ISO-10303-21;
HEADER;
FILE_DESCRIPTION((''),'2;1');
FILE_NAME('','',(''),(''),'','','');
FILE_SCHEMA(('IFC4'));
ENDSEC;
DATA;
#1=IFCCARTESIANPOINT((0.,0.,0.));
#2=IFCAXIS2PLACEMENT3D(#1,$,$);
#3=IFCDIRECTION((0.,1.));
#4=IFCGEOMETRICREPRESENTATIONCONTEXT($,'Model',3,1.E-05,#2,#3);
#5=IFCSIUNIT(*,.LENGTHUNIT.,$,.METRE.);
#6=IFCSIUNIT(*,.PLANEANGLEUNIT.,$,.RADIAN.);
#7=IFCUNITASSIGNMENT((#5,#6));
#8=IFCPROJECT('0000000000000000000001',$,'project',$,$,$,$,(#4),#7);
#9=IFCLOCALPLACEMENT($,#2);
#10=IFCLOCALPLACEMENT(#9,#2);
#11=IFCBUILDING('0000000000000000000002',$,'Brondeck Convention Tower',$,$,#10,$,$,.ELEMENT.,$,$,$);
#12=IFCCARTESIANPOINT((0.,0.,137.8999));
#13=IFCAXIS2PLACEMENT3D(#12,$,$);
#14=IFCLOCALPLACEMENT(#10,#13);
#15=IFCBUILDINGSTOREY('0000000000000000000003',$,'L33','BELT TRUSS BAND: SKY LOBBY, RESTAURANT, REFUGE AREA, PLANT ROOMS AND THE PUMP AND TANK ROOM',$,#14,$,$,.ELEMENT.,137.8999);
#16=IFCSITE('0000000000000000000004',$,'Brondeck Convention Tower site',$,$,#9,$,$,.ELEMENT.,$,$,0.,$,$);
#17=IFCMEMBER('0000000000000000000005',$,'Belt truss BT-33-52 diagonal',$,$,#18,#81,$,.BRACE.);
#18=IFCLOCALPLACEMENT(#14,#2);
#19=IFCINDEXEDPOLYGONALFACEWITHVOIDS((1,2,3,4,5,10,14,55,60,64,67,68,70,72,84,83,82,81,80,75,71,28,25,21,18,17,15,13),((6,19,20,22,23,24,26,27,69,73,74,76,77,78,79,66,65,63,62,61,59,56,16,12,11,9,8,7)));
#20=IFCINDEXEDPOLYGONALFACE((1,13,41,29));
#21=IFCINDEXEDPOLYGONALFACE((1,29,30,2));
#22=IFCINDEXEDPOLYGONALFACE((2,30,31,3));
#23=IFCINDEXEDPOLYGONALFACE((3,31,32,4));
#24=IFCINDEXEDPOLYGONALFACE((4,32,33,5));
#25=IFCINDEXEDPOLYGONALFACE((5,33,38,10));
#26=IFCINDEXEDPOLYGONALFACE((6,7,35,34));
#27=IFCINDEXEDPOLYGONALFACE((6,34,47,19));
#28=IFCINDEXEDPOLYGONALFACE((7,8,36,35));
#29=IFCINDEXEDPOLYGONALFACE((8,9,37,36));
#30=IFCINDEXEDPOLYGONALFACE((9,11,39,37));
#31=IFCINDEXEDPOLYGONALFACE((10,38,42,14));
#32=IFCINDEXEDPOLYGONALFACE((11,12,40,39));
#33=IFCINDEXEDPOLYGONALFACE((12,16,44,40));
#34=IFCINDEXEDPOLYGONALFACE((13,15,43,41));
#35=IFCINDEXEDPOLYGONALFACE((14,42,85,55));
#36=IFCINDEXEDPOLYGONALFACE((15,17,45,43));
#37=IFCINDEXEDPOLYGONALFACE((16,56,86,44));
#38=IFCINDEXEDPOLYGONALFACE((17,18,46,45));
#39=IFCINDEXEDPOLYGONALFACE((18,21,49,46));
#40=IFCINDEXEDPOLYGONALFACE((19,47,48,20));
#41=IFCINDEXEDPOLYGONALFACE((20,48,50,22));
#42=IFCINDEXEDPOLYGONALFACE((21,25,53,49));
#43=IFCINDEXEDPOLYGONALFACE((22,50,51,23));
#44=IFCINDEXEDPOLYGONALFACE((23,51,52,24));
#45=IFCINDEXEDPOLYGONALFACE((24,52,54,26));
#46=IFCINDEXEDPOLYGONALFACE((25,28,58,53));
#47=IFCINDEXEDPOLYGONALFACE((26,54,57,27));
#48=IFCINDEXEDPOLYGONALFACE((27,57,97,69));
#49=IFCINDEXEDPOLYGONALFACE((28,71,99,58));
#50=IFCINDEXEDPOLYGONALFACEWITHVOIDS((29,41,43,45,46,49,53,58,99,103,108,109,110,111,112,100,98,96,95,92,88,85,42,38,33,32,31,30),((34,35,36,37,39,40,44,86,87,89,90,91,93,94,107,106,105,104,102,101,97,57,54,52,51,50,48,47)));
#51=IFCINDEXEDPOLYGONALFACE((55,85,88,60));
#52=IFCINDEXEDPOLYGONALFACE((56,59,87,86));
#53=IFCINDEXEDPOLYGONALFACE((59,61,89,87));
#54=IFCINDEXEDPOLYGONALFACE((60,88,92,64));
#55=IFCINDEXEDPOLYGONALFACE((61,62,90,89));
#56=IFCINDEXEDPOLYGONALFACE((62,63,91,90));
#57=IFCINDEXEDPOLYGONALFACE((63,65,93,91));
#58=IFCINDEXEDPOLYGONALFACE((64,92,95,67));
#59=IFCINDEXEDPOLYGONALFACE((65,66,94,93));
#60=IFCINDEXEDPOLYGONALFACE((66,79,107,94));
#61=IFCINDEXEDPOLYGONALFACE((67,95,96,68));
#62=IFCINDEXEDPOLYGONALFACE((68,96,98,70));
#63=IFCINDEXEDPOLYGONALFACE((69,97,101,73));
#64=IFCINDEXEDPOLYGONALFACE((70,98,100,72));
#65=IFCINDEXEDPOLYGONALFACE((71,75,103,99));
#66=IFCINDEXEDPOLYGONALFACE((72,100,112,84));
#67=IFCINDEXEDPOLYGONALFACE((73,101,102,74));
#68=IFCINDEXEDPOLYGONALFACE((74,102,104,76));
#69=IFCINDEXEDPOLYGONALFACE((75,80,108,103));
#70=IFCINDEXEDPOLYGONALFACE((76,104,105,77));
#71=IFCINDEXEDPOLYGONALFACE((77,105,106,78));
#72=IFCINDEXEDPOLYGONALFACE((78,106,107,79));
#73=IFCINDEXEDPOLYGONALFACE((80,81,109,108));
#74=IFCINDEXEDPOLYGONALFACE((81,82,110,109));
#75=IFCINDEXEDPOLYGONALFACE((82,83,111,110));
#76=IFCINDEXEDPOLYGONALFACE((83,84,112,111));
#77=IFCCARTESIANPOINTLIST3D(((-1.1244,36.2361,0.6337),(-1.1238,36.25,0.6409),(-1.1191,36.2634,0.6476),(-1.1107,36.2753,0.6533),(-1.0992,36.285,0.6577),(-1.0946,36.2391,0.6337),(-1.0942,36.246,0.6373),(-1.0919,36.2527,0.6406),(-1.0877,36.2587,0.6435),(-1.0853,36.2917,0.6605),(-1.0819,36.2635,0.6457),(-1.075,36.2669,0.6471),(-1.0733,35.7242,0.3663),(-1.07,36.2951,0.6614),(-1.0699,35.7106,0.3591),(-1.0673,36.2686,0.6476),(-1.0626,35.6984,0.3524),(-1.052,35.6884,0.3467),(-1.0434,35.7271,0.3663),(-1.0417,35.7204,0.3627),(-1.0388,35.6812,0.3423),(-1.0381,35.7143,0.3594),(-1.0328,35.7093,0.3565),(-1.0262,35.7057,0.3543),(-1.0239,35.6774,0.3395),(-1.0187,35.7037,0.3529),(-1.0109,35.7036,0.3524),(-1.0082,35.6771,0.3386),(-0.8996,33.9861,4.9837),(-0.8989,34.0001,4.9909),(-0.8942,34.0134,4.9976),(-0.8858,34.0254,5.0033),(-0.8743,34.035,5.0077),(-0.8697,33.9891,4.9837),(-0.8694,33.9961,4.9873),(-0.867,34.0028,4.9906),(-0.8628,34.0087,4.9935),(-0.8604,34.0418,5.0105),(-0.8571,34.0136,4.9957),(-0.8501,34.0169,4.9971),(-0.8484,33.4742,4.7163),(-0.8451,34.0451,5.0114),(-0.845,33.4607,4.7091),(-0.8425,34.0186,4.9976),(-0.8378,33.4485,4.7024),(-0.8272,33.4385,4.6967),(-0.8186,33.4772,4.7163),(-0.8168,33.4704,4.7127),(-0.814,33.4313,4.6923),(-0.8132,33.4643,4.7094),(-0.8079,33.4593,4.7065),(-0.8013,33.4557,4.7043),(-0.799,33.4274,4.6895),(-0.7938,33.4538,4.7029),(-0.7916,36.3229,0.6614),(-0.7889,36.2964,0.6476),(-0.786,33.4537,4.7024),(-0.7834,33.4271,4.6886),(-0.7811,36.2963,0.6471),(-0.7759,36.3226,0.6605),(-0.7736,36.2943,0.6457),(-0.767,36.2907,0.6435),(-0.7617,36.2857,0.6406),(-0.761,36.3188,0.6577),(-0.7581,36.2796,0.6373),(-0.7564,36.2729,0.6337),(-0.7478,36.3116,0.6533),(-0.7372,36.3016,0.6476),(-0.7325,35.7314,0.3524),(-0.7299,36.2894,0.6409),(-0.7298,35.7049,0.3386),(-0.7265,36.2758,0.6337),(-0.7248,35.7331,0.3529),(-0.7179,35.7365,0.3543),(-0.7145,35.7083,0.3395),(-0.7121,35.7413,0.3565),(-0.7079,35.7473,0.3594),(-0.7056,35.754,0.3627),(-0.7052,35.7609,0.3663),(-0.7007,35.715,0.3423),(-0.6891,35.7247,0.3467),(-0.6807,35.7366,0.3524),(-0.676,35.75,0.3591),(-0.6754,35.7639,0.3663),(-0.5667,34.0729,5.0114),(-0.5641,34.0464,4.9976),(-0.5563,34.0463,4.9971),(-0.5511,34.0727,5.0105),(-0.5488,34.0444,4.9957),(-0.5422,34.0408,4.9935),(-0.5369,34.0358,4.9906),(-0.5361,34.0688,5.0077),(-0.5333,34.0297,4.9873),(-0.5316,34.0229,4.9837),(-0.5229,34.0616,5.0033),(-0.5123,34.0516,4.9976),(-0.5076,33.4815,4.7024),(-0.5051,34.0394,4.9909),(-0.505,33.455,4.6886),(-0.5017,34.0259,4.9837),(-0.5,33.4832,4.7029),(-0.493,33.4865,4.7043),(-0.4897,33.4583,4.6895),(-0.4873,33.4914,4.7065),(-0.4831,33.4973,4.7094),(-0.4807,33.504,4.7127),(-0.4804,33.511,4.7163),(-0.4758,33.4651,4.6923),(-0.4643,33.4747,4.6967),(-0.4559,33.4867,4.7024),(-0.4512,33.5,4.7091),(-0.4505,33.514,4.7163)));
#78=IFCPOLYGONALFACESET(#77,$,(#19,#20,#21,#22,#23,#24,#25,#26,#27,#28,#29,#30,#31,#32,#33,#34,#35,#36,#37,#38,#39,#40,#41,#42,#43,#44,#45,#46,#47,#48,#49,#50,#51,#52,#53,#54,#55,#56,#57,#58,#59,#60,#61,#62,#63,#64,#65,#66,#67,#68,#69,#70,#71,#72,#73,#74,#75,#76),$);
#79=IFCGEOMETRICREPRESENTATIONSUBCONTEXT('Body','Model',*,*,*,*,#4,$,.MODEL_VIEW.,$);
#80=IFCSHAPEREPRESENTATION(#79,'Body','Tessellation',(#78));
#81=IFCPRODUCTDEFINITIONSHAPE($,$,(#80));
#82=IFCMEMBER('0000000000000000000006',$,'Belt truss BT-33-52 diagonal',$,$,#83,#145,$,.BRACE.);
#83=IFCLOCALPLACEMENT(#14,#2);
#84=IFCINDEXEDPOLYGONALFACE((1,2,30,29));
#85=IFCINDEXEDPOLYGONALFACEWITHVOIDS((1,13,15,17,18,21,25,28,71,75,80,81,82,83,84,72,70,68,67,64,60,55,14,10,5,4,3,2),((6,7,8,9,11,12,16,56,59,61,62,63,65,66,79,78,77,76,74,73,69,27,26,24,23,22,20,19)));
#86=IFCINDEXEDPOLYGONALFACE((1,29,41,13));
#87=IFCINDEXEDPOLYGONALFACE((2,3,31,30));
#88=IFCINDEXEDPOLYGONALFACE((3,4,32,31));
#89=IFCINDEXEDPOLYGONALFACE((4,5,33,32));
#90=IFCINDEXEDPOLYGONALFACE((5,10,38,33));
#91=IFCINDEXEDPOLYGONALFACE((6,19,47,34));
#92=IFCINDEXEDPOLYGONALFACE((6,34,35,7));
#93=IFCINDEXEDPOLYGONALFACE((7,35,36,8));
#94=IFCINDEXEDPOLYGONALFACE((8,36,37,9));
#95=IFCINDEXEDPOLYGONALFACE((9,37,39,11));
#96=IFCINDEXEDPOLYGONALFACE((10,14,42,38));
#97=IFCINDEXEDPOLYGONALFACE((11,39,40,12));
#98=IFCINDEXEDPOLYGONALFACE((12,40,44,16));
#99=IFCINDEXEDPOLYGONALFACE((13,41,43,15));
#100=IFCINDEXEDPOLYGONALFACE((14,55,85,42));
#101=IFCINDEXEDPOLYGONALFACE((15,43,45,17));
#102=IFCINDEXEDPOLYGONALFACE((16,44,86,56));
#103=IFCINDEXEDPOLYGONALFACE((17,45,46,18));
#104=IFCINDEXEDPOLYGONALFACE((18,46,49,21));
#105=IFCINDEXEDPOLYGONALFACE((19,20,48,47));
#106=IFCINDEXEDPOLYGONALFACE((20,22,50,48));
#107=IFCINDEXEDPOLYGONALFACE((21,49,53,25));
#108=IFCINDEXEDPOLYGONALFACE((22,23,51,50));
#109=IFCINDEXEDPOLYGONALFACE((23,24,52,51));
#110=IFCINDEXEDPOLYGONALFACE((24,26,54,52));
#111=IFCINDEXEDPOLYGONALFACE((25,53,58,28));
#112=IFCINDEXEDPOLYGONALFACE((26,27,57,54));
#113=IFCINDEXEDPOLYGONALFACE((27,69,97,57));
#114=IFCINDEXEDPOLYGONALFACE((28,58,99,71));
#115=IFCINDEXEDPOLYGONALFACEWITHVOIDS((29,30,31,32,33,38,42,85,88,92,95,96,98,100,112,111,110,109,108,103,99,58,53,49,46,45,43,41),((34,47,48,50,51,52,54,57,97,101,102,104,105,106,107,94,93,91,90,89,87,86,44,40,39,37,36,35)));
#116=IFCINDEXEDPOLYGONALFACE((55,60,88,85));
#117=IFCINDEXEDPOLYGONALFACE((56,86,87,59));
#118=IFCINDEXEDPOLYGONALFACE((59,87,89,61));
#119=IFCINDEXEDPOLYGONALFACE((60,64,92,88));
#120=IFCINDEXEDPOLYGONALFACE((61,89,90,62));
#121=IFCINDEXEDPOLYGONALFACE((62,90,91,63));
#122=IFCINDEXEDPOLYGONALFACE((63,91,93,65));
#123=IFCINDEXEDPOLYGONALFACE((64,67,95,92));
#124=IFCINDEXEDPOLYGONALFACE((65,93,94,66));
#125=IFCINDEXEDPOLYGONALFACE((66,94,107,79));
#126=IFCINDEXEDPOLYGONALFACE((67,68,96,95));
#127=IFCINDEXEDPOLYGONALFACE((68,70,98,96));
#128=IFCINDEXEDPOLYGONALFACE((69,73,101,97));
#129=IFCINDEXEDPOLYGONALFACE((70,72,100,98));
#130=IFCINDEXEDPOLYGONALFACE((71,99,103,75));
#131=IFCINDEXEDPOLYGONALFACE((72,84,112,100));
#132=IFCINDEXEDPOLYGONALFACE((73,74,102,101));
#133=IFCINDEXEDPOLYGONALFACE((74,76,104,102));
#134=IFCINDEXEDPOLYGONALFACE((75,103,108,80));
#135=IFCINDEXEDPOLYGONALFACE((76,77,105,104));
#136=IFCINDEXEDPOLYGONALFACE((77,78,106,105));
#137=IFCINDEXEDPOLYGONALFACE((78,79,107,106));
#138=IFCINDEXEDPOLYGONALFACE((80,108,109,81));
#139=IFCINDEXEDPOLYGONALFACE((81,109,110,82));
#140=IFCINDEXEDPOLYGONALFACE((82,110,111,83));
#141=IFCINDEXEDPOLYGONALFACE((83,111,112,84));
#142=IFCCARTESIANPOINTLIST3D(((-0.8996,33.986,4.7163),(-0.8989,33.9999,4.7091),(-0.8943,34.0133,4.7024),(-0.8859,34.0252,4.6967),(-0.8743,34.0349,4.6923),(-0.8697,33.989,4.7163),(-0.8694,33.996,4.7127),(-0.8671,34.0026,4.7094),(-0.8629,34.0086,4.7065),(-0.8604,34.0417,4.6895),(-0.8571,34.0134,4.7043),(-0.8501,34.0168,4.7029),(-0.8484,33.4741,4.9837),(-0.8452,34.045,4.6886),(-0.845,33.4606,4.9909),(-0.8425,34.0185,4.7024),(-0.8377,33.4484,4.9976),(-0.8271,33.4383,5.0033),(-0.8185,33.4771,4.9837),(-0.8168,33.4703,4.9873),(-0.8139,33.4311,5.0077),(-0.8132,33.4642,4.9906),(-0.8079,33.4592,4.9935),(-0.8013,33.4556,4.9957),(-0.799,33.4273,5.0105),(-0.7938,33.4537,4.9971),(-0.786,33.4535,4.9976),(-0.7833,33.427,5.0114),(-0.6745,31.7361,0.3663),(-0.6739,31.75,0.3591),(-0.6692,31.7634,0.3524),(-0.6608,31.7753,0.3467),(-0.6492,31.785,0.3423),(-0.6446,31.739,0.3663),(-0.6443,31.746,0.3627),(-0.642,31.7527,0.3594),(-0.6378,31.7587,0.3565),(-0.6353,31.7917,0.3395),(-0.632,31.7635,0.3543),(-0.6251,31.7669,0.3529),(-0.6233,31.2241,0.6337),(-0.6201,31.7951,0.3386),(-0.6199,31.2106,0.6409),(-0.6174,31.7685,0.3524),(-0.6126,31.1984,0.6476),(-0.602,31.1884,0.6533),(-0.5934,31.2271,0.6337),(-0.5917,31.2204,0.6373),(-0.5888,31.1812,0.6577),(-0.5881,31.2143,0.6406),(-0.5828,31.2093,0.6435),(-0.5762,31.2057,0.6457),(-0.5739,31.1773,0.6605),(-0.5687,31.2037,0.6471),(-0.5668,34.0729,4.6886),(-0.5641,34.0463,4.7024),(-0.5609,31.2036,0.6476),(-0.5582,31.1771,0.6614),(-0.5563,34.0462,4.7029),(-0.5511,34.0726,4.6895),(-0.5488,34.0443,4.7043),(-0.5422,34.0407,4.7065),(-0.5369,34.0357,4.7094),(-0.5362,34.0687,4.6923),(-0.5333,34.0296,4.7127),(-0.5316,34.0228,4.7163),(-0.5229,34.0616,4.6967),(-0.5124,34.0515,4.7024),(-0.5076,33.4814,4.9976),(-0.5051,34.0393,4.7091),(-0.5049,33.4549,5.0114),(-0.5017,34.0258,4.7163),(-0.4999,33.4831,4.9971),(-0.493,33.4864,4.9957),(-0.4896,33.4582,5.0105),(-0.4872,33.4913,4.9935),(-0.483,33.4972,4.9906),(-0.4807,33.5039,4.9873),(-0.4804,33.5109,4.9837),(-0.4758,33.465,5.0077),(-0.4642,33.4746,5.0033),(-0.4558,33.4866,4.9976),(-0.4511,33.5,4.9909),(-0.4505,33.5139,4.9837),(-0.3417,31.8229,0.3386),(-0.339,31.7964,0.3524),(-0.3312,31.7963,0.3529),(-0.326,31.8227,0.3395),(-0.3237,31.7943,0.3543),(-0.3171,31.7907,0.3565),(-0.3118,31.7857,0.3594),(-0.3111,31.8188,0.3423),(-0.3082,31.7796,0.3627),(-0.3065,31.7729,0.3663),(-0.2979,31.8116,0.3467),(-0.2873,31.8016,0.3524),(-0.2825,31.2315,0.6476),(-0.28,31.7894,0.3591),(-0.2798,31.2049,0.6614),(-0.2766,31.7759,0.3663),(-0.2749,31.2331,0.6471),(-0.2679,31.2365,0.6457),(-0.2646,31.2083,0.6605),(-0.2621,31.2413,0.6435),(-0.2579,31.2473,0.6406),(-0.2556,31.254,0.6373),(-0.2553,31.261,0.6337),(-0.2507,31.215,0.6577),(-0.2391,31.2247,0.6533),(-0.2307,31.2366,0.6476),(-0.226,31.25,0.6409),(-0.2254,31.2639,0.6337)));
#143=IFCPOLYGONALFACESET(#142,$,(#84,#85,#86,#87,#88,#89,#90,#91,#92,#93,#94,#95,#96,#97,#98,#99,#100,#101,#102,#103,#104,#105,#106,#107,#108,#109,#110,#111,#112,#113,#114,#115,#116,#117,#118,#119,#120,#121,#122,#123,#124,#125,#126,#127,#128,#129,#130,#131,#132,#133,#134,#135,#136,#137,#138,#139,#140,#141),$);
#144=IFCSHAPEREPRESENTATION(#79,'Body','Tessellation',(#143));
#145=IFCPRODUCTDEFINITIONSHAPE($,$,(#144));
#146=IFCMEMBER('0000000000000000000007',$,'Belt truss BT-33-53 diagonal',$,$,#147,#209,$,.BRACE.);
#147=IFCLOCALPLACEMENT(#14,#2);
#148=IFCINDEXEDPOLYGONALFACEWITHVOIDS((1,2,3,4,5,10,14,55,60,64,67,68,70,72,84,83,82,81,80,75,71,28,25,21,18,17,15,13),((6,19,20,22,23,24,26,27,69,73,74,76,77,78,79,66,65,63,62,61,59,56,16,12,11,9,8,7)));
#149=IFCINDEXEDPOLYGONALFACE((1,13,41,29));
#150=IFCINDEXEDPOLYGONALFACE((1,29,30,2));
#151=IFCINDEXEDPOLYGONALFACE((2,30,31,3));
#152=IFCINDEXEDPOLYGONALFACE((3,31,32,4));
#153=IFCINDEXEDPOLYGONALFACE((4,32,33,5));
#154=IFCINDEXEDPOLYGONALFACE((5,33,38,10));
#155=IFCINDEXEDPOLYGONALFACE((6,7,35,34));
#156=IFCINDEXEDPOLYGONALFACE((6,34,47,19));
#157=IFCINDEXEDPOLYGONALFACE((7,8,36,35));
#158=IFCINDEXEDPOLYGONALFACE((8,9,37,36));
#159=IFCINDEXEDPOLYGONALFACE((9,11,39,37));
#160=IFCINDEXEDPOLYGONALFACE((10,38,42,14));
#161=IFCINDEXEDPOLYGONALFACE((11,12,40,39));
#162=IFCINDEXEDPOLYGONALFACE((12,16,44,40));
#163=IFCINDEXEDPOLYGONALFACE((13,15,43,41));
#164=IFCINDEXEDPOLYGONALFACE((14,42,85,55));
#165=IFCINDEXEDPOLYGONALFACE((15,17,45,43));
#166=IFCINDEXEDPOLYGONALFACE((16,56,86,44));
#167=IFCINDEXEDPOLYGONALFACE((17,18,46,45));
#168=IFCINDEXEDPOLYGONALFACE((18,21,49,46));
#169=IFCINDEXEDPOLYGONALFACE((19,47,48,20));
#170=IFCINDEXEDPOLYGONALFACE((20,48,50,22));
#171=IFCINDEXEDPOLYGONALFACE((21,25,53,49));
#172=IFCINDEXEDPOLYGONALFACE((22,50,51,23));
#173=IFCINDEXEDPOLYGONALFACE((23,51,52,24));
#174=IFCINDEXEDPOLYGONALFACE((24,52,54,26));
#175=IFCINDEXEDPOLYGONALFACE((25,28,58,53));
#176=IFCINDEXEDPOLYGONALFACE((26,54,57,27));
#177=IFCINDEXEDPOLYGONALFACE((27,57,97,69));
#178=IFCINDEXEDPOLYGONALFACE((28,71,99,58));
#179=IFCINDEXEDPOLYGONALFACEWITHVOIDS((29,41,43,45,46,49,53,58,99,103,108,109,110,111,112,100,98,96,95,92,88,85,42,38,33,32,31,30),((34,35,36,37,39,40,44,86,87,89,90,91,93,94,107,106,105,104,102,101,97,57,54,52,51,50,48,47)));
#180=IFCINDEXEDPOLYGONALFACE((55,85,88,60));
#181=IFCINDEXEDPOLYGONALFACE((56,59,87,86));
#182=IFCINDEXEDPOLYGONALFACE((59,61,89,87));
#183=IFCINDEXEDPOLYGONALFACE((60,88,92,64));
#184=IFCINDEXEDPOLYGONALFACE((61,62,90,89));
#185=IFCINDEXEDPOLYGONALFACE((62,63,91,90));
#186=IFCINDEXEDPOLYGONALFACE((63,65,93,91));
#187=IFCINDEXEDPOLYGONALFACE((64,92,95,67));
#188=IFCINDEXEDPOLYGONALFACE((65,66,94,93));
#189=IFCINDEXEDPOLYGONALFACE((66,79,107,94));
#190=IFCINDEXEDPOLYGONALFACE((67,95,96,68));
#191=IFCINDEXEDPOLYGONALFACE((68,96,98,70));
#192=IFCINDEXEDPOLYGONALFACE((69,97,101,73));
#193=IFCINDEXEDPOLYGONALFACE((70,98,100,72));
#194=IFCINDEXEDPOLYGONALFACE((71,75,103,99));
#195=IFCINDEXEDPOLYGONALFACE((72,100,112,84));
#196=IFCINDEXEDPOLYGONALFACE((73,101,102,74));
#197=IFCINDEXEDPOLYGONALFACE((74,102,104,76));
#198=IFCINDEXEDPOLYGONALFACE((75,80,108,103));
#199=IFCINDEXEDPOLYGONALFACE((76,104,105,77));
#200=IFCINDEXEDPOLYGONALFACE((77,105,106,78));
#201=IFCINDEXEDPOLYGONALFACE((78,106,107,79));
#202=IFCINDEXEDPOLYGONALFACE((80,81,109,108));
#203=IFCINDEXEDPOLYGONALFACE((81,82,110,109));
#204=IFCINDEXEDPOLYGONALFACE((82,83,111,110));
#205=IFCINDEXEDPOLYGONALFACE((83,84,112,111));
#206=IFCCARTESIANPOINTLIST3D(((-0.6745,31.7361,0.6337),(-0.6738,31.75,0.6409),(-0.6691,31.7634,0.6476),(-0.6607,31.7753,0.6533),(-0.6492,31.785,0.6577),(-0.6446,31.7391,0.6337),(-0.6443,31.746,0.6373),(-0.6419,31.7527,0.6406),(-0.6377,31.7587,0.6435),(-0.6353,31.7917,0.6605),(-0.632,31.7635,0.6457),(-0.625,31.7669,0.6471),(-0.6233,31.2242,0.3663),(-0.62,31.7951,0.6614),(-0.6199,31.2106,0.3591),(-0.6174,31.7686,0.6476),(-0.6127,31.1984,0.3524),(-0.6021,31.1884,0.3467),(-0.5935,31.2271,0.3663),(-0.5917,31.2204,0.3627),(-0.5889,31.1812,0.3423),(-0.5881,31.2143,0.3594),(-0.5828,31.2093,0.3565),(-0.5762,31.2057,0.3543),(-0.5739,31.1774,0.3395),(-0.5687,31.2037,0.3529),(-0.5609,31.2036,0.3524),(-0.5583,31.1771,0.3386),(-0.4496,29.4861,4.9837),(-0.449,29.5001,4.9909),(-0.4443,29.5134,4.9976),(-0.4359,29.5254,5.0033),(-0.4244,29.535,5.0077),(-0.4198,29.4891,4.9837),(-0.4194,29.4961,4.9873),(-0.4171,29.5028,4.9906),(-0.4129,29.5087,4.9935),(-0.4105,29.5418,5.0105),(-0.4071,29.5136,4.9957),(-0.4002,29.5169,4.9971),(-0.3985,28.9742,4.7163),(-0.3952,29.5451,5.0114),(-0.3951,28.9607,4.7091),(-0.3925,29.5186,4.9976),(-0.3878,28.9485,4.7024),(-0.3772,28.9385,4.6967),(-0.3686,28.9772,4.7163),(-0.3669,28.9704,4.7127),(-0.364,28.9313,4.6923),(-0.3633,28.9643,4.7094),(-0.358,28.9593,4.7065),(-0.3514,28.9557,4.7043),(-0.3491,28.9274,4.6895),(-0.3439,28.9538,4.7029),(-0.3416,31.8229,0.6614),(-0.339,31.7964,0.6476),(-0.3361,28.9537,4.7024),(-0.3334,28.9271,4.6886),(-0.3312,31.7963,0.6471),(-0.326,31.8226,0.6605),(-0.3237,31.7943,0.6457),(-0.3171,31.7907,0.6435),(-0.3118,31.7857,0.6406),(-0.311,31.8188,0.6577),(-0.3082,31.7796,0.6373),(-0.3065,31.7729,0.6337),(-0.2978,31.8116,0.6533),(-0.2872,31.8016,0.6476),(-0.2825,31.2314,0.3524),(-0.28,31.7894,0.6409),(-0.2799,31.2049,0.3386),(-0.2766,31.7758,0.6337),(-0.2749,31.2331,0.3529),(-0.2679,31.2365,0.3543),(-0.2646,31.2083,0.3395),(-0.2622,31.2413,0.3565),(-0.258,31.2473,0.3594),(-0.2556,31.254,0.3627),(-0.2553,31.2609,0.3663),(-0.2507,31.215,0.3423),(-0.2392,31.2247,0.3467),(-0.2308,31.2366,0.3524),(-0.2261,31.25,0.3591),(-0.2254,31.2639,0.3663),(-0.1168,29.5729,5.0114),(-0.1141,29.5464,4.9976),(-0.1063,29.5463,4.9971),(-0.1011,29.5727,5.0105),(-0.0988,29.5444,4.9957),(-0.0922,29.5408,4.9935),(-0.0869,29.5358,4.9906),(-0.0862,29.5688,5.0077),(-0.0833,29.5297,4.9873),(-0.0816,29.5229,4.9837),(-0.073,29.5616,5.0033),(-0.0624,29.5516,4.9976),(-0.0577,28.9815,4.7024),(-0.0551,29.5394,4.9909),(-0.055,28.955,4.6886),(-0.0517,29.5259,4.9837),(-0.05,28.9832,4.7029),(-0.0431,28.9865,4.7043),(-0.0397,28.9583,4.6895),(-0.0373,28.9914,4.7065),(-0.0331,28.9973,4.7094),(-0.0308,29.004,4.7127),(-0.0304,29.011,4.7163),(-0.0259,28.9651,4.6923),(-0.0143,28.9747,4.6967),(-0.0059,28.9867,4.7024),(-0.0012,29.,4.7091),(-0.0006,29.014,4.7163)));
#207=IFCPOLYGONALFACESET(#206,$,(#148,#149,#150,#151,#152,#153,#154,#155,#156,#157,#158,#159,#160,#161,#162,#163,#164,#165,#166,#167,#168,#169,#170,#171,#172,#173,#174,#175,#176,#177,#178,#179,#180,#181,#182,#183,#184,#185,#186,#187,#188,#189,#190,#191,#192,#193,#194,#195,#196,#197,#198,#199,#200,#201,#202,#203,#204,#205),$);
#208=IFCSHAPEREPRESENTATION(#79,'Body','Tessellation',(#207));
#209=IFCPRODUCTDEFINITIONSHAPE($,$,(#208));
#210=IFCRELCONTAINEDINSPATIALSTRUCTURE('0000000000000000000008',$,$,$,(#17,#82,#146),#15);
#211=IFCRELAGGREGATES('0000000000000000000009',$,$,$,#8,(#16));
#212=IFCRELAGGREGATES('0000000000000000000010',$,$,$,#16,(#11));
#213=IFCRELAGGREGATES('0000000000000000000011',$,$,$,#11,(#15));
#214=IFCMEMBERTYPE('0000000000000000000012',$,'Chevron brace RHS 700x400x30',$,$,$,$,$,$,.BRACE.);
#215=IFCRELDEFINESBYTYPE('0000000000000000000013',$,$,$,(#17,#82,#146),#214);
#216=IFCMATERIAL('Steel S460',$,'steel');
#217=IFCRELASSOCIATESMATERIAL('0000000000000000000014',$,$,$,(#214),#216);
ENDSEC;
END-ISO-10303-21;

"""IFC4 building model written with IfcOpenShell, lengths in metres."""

from ifc_helpers import new_model, si_unit, direction, frame, origin, origin_2d, place, context, subcontext, project, spatial, hollow_rectangle, extrude, material, material_profile, profile_set, type_object, element, save


model = new_model("IFC4")

# Units and contexts
model_context = context("Model", 3, precision=1e-05, world=origin(), true_north=direction((0.0, 1.0)))
body_context = subcontext(model_context, "Body", "Model", "MODEL_VIEW")
ifc_project = project(units=[si_unit("LENGTHUNIT", "METRE"), si_unit("PLANEANGLEUNIT", "RADIAN")], contexts=[model_context])

# Site, building, storey
site_placement = place(None, origin())
site = spatial("IfcSite", under=ifc_project, at=site_placement, Name="Brondeck Convention Tower site", CompositionType="ELEMENT", RefElevation=0.0)
building_placement = place(site_placement, origin())
building = spatial("IfcBuilding", under=site, at=building_placement, Name="Brondeck Convention Tower", CompositionType="ELEMENT")
storey_placement = place(building_placement, frame((0.0, 0.0, 137.8999)))
storey = spatial("IfcBuildingStorey", under=building, at=storey_placement, Name="L33", Description="BELT TRUSS BAND: SKY LOBBY, RESTAURANT, REFUGE AREA, PLANT ROOMS AND THE PUMP AND TANK ROOM", CompositionType="ELEMENT", Elevation=137.8999)

# Members
ifc_material_1 = material(Name="Steel S460", Category="steel")
ifc_material_profile_1 = material_profile(ifc_material_1, hollow_rectangle(XDim=0.3999, YDim=0.7, WallThickness=0.03, InnerFilletRadius=0.03, OuterFilletRadius=0.0601, at=origin_2d()), Name="RHS 700x400x30")
ifc_profile_set_1 = profile_set([ifc_material_profile_1], Name="Steel S460")
member_type_1 = type_object("IfcMemberType", Name="Chevron brace RHS 700x400x30", PredefinedType="BRACE", material=ifc_profile_set_1)
for number, where, z_axis, x_axis, name in (
    (1, (-0.8999, 36.0, 0.5), (0.045863, -0.458931, 0.887287), (0.995044, 0.09944, 0.0), "Belt truss BT-33-52 diagonal"),
    (2, (-0.45, 31.5, 0.5), (-0.045913, 0.45893, 0.887285), (-0.995033, -0.099546, 0.0), "Belt truss BT-33-52 diagonal"),
    (3, (-0.45, 31.5, 0.5), (0.045863, -0.458931, 0.887287), (0.995044, 0.09944, 0.0), "Belt truss BT-33-53 diagonal"),
):
    element("IfcMember", number, at=place(storey_placement, frame(where, z_axis=z_axis, x_axis=x_axis)), inside=storey, type_object=member_type_1, Name=name, PredefinedType="BRACE", context=body_context, shape_type="SweptSolid", body=[
        extrude(hollow_rectangle(XDim=0.3999, YDim=0.7, WallThickness=0.03, InnerFilletRadius=0.03, OuterFilletRadius=0.0601, at=origin_2d()), origin(), (0.0, 0.0, 1.0), 4.9026),
    ])

save(model, "model.ifc")
